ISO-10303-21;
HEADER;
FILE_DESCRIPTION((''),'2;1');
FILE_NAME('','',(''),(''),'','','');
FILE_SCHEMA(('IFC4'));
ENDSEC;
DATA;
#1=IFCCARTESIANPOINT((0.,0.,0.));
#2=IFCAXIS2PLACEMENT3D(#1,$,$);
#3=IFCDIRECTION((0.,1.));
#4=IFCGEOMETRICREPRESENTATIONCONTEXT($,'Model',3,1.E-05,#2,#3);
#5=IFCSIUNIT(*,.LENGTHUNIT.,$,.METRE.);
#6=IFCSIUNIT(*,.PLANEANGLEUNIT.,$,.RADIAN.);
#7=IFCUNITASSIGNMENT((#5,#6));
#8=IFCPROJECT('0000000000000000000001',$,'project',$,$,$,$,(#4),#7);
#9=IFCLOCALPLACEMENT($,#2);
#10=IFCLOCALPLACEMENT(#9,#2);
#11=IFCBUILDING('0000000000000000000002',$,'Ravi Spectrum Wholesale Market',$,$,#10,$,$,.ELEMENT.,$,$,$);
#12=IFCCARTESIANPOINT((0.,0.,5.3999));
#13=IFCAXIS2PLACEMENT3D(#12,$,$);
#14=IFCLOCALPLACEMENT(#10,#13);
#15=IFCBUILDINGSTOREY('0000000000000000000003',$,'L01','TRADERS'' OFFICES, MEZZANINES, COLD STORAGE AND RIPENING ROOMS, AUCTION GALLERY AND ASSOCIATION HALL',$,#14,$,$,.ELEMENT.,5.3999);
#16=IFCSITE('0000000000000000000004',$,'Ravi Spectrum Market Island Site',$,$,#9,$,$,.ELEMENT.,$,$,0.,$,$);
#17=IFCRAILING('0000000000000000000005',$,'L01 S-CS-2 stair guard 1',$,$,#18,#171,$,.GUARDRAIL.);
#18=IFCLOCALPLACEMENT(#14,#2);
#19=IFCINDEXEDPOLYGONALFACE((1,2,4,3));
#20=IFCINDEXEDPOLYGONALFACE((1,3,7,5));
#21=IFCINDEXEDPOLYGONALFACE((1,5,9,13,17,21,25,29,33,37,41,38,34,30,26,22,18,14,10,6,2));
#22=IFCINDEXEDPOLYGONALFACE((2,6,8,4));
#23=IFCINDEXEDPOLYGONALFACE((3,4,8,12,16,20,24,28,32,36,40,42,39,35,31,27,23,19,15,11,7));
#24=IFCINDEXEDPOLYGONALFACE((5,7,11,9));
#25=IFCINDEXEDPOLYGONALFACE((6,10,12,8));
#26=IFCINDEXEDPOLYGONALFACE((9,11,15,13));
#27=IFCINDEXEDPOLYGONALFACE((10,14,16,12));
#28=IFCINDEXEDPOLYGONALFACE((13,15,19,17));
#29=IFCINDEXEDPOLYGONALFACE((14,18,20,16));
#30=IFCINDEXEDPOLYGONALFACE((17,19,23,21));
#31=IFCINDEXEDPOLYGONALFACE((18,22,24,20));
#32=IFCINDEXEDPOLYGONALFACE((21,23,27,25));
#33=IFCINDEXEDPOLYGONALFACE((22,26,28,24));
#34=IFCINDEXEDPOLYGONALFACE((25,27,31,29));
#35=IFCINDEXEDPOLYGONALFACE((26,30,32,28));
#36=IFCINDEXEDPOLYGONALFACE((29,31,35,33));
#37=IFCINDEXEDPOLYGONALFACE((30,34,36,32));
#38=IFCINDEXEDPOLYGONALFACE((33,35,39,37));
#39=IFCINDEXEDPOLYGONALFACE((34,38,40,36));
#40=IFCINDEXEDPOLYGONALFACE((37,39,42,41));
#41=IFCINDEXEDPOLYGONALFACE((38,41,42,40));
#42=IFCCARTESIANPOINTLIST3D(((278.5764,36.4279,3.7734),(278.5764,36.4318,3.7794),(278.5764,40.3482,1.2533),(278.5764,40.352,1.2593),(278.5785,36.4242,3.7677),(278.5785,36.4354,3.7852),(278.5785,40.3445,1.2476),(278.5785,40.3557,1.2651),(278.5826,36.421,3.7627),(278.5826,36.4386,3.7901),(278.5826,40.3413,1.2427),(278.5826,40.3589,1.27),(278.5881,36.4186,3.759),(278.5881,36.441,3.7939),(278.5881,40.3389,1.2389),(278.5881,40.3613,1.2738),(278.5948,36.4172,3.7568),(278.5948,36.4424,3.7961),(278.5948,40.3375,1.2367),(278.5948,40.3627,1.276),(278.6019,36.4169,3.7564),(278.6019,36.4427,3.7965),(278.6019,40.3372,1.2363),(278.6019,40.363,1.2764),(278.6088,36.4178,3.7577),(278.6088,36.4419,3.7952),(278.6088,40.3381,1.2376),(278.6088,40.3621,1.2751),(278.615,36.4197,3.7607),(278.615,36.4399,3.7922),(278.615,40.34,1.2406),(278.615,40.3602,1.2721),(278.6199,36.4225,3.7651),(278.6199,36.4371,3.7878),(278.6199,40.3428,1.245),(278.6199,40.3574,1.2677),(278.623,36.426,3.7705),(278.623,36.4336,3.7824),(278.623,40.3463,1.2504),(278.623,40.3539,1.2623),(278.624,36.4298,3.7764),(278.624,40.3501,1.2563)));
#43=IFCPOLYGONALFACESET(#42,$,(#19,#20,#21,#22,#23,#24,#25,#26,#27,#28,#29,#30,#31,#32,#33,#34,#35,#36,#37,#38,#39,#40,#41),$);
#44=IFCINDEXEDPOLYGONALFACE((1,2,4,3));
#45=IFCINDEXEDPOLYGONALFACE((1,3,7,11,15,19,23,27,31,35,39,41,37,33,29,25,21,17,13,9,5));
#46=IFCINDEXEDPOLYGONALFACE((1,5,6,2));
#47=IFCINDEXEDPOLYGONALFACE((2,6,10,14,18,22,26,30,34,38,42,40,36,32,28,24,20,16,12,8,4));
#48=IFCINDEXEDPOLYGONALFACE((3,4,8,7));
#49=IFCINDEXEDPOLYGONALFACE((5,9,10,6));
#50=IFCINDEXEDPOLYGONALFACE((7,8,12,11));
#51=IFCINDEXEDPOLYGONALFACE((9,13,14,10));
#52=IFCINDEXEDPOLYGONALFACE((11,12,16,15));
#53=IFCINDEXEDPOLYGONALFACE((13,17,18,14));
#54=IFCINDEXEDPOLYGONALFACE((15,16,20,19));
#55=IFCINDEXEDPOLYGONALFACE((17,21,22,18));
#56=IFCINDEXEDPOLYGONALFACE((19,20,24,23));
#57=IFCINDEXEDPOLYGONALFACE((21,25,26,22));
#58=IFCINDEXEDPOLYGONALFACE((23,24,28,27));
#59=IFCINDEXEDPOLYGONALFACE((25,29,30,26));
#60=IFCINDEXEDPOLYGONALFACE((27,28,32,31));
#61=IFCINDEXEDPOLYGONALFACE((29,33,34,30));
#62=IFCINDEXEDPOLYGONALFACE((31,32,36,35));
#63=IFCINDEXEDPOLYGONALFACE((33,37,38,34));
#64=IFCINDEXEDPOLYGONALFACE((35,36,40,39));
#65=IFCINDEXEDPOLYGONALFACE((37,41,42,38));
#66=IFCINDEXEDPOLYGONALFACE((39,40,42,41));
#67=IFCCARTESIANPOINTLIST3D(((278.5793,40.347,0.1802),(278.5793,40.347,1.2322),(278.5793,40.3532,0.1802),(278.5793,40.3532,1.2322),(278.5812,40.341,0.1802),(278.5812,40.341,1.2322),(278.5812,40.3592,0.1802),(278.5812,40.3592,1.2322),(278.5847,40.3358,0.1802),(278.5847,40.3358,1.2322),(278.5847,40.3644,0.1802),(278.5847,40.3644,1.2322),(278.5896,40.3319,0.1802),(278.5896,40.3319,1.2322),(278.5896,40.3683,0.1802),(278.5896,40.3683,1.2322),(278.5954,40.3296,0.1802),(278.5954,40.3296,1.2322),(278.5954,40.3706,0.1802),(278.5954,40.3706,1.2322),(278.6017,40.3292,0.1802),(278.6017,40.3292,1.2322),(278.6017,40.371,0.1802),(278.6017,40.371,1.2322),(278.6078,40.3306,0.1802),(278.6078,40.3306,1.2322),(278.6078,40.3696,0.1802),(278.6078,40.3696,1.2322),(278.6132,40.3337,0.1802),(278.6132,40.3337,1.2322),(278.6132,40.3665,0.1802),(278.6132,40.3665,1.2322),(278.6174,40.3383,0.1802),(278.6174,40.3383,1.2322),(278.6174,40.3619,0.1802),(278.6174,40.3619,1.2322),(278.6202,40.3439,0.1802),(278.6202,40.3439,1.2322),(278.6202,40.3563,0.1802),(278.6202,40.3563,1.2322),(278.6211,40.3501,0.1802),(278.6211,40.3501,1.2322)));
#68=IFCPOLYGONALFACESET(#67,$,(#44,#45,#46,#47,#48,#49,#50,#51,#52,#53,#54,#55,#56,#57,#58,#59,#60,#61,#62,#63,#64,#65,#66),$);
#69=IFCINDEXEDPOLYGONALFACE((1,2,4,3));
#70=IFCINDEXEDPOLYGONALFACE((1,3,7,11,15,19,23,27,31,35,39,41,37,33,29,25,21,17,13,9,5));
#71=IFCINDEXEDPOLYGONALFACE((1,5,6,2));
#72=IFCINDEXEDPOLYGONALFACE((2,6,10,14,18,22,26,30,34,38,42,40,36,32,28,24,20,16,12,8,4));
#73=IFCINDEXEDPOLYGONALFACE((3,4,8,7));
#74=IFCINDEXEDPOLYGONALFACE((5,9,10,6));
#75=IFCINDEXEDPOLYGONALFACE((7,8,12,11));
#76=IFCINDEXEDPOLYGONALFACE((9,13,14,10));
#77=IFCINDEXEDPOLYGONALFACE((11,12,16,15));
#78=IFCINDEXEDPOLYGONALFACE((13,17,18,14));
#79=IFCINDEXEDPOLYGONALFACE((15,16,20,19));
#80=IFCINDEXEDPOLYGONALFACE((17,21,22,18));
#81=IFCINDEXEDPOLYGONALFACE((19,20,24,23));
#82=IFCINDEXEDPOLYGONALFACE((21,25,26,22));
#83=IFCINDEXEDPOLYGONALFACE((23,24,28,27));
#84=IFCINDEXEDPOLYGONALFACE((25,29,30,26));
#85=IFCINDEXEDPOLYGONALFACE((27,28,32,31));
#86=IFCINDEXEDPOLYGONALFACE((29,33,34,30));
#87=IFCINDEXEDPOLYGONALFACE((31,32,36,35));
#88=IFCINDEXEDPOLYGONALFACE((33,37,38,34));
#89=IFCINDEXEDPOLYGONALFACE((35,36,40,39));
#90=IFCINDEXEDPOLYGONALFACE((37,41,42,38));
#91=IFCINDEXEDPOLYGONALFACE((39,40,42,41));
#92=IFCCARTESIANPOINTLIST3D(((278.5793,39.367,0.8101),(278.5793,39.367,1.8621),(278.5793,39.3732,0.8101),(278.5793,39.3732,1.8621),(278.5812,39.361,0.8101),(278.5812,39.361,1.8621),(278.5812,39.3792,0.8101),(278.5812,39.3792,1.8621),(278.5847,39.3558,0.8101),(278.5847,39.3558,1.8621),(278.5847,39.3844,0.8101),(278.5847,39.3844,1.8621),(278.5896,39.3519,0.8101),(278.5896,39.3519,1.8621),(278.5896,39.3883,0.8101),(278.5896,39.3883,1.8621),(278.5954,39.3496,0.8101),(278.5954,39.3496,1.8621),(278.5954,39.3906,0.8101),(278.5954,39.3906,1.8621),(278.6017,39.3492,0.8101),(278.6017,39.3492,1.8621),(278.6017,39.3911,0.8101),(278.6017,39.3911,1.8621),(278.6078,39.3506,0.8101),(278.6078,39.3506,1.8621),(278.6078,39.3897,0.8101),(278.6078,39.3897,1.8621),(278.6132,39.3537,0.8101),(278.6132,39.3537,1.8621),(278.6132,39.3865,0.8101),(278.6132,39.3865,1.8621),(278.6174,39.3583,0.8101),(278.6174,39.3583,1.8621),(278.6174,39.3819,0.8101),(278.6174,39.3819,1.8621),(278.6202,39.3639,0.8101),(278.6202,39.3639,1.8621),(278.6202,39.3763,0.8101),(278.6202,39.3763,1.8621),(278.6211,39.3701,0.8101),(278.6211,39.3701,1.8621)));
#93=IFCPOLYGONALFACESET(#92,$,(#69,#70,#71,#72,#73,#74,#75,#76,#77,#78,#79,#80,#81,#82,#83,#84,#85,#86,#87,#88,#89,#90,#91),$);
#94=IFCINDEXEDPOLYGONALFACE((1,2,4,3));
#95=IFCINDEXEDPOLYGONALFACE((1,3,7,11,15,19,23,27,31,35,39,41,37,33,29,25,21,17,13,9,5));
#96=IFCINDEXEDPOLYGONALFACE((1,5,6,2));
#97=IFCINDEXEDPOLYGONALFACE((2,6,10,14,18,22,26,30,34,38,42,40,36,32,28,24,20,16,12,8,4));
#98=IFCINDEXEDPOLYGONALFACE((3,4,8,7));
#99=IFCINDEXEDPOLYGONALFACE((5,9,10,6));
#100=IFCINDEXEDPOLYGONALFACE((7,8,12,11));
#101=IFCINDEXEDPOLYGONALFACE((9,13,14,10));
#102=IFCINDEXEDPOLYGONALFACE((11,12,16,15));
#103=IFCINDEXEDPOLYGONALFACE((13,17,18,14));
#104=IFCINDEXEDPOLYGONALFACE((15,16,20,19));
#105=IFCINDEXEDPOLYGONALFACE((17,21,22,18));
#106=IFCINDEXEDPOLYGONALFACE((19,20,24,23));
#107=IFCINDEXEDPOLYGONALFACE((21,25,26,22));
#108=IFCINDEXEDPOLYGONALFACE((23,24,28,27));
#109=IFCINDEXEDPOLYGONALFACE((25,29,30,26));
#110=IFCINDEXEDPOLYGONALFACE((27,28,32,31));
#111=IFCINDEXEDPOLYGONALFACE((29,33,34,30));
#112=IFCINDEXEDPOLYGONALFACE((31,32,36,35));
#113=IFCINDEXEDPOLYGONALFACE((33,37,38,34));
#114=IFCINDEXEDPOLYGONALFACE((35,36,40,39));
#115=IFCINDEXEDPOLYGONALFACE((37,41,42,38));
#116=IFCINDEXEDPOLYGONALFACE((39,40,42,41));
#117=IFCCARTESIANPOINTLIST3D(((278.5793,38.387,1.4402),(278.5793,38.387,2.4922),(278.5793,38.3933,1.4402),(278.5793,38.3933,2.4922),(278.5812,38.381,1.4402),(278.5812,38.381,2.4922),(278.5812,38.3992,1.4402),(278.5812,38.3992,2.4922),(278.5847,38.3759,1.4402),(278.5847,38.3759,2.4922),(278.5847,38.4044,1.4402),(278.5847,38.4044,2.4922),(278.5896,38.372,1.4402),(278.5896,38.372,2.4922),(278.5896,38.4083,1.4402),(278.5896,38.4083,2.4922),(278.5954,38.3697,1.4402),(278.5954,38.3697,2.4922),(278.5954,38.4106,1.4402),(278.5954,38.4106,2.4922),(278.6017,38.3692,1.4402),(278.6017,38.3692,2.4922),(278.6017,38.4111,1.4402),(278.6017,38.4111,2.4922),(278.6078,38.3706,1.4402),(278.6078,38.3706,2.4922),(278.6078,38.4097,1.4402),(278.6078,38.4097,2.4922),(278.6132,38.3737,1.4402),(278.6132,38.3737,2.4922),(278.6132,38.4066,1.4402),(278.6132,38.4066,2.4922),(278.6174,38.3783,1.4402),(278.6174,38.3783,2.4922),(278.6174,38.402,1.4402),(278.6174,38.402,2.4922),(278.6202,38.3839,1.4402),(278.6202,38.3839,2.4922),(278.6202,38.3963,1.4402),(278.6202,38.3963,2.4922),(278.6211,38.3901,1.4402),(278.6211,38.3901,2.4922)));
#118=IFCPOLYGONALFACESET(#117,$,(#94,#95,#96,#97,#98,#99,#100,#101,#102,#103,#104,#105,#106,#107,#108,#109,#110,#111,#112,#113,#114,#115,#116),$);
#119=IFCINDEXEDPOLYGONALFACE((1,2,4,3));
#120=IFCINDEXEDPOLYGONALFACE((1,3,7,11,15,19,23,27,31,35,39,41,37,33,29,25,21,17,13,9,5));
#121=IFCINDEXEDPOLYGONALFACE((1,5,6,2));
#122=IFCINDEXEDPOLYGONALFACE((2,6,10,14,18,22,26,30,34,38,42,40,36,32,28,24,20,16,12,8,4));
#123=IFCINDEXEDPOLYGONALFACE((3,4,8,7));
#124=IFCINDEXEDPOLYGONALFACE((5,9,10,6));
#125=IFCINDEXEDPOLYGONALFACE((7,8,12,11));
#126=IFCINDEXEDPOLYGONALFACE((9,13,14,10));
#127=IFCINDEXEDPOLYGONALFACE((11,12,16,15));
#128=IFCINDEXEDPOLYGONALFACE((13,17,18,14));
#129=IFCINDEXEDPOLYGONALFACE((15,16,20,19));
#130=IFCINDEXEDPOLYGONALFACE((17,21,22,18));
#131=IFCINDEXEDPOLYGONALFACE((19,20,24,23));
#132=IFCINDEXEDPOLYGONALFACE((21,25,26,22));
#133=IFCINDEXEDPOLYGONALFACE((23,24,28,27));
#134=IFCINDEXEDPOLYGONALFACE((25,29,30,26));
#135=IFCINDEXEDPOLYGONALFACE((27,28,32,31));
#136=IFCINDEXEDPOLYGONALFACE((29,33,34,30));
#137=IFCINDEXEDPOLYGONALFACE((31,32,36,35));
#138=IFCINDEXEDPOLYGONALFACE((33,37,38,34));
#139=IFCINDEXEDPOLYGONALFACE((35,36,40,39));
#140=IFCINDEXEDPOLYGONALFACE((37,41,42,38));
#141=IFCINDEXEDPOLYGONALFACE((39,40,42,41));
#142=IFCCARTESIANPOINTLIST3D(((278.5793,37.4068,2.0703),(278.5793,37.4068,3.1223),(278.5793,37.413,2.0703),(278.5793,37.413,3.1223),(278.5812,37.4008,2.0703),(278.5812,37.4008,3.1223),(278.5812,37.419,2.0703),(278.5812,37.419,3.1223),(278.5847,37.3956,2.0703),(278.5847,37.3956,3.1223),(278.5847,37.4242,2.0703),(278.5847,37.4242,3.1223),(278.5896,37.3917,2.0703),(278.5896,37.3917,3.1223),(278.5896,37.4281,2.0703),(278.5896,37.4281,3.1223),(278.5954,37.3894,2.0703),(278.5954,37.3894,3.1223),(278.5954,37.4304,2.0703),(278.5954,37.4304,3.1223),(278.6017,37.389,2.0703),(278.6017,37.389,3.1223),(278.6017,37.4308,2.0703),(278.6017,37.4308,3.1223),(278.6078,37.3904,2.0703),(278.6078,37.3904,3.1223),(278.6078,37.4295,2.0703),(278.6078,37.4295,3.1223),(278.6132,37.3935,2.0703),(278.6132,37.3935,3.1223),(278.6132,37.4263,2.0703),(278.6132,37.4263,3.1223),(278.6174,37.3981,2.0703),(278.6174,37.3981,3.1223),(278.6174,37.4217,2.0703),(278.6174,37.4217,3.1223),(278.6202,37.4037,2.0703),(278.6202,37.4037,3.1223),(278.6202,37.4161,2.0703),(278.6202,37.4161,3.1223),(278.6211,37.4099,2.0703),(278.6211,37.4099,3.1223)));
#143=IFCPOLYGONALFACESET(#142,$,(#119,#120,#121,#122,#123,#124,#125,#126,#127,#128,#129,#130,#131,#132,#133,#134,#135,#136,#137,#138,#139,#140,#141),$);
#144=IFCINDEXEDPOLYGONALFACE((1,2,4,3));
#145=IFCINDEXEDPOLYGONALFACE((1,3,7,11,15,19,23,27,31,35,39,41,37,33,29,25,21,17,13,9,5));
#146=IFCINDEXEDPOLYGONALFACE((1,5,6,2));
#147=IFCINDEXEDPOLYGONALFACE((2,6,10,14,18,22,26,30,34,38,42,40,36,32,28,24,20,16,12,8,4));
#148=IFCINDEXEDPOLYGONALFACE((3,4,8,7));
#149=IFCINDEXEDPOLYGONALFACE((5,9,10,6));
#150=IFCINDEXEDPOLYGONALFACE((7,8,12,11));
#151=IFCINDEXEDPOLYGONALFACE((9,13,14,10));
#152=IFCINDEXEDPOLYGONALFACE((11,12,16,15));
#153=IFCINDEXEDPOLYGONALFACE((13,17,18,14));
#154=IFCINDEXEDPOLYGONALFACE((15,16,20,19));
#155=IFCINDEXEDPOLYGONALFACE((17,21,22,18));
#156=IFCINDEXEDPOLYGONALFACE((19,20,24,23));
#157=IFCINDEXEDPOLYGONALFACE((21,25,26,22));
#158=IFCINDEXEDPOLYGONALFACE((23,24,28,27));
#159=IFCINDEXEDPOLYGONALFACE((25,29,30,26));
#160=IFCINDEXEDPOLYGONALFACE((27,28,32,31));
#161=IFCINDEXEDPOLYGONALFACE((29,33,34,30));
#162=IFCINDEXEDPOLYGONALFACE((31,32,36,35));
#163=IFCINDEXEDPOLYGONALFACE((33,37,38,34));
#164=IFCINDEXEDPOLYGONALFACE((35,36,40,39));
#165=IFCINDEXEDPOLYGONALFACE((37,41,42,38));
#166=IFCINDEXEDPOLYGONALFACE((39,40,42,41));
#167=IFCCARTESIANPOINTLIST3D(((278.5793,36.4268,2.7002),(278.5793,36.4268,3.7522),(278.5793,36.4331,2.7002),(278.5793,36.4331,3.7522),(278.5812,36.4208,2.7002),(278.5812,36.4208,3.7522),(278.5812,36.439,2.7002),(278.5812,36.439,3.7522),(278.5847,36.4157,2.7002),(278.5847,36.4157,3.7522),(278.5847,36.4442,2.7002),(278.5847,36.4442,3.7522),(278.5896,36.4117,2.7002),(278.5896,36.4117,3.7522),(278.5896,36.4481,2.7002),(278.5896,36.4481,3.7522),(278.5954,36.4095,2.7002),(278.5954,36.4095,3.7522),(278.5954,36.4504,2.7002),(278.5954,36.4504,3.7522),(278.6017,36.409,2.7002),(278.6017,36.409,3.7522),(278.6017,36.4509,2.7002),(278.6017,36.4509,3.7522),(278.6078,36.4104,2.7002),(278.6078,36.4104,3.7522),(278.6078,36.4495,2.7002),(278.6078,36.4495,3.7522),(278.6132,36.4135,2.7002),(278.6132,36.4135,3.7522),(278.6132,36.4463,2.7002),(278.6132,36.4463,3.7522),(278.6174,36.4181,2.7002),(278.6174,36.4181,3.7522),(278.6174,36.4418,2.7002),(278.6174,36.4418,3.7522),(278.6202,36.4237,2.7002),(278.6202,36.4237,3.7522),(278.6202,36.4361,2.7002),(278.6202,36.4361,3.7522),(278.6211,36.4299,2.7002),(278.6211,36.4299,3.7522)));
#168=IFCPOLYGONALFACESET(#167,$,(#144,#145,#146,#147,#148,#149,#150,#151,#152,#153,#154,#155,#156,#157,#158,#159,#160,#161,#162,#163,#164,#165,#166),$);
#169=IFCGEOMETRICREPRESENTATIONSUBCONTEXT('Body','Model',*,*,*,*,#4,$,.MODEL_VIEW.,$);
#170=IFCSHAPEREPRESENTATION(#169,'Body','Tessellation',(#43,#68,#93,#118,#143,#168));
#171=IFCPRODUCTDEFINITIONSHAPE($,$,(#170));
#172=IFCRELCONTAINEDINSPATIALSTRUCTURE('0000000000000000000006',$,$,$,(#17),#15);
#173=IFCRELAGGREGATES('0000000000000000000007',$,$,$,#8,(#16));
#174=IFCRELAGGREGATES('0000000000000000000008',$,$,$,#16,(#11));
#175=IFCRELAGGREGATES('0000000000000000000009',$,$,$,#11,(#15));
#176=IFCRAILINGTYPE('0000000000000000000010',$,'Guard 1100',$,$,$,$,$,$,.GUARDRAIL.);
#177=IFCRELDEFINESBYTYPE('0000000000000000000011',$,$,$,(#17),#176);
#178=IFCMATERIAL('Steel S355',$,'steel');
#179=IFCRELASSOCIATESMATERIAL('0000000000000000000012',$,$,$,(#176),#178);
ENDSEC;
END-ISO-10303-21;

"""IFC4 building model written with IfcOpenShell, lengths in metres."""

from ifc_helpers import new_model, si_unit, direction, frame, origin, origin_2d, place, context, subcontext, project, spatial, circle, extrude, material, type_object, element, save


model = new_model("IFC4")

# Units and contexts
model_context = context("Model", 3, precision=1e-05, world=origin(), true_north=direction((0.0, 1.0)))
body_context = subcontext(model_context, "Body", "Model", "MODEL_VIEW")
ifc_project = project(units=[si_unit("LENGTHUNIT", "METRE"), si_unit("PLANEANGLEUNIT", "RADIAN")], contexts=[model_context])

# Site, building, storey
site_placement = place(None, origin())
site = spatial("IfcSite", under=ifc_project, at=site_placement, Name="Ravi Spectrum Market Island Site", CompositionType="ELEMENT", RefElevation=0.0)
building_placement = place(site_placement, origin())
building = spatial("IfcBuilding", under=site, at=building_placement, Name="Ravi Spectrum Wholesale Market", CompositionType="ELEMENT")
storey_placement = place(building_placement, frame((0.0, 0.0, 5.3999)))
storey = spatial("IfcBuildingStorey", under=building, at=storey_placement, Name="L01", Description="TRADERS' OFFICES, MEZZANINES, COLD STORAGE AND RIPENING ROOMS, AUCTION GALLERY AND ASSOCIATION HALL", CompositionType="ELEMENT", Elevation=5.3999)

# Railing
ifc_material_1 = material(Name="Steel S355", Category="steel")
railing_type_1 = type_object("IfcRailingType", Name="Guard 1100", PredefinedType="GUARDRAIL", material=ifc_material_1)
railing_1_placement = place(storey_placement, frame((278.6001, 40.3501, 0.1802)))
element("IfcRailing", 1, at=railing_1_placement, inside=storey, type_object=railing_type_1, Name="L01 S-CS-2 stair guard 1", PredefinedType="GUARDRAIL", context=body_context, shape_type="SweptSolid", body=[
    extrude(circle(Radius=0.0239, at=origin_2d()), frame((0.0, 0.0, 1.0762), z_axis=(0.0, -0.841187, 0.540744), x_axis=(1.0, 0.0, 0.0)), (0.0, 0.0, 1.0), 4.6604),
    extrude(circle(Radius=0.021, at=origin_2d()), origin(), (0.0, 0.0, 1.0), 1.052),
    extrude(circle(Radius=0.021, at=origin_2d()), frame((0.0, -0.98, 0.6299)), (0.0, 0.0, 1.0), 1.052),
    extrude(circle(Radius=0.021, at=origin_2d()), frame((0.0, -1.96, 1.26)), (0.0, 0.0, 1.0), 1.052),
    extrude(circle(Radius=0.021, at=origin_2d()), frame((0.0, -2.9402, 1.8901)), (0.0, 0.0, 1.0), 1.052),
    extrude(circle(Radius=0.021, at=origin_2d()), frame((0.0, -3.9202, 2.52)), (0.0, 0.0, 1.0), 1.052),
])

save(model, "model.ifc")
